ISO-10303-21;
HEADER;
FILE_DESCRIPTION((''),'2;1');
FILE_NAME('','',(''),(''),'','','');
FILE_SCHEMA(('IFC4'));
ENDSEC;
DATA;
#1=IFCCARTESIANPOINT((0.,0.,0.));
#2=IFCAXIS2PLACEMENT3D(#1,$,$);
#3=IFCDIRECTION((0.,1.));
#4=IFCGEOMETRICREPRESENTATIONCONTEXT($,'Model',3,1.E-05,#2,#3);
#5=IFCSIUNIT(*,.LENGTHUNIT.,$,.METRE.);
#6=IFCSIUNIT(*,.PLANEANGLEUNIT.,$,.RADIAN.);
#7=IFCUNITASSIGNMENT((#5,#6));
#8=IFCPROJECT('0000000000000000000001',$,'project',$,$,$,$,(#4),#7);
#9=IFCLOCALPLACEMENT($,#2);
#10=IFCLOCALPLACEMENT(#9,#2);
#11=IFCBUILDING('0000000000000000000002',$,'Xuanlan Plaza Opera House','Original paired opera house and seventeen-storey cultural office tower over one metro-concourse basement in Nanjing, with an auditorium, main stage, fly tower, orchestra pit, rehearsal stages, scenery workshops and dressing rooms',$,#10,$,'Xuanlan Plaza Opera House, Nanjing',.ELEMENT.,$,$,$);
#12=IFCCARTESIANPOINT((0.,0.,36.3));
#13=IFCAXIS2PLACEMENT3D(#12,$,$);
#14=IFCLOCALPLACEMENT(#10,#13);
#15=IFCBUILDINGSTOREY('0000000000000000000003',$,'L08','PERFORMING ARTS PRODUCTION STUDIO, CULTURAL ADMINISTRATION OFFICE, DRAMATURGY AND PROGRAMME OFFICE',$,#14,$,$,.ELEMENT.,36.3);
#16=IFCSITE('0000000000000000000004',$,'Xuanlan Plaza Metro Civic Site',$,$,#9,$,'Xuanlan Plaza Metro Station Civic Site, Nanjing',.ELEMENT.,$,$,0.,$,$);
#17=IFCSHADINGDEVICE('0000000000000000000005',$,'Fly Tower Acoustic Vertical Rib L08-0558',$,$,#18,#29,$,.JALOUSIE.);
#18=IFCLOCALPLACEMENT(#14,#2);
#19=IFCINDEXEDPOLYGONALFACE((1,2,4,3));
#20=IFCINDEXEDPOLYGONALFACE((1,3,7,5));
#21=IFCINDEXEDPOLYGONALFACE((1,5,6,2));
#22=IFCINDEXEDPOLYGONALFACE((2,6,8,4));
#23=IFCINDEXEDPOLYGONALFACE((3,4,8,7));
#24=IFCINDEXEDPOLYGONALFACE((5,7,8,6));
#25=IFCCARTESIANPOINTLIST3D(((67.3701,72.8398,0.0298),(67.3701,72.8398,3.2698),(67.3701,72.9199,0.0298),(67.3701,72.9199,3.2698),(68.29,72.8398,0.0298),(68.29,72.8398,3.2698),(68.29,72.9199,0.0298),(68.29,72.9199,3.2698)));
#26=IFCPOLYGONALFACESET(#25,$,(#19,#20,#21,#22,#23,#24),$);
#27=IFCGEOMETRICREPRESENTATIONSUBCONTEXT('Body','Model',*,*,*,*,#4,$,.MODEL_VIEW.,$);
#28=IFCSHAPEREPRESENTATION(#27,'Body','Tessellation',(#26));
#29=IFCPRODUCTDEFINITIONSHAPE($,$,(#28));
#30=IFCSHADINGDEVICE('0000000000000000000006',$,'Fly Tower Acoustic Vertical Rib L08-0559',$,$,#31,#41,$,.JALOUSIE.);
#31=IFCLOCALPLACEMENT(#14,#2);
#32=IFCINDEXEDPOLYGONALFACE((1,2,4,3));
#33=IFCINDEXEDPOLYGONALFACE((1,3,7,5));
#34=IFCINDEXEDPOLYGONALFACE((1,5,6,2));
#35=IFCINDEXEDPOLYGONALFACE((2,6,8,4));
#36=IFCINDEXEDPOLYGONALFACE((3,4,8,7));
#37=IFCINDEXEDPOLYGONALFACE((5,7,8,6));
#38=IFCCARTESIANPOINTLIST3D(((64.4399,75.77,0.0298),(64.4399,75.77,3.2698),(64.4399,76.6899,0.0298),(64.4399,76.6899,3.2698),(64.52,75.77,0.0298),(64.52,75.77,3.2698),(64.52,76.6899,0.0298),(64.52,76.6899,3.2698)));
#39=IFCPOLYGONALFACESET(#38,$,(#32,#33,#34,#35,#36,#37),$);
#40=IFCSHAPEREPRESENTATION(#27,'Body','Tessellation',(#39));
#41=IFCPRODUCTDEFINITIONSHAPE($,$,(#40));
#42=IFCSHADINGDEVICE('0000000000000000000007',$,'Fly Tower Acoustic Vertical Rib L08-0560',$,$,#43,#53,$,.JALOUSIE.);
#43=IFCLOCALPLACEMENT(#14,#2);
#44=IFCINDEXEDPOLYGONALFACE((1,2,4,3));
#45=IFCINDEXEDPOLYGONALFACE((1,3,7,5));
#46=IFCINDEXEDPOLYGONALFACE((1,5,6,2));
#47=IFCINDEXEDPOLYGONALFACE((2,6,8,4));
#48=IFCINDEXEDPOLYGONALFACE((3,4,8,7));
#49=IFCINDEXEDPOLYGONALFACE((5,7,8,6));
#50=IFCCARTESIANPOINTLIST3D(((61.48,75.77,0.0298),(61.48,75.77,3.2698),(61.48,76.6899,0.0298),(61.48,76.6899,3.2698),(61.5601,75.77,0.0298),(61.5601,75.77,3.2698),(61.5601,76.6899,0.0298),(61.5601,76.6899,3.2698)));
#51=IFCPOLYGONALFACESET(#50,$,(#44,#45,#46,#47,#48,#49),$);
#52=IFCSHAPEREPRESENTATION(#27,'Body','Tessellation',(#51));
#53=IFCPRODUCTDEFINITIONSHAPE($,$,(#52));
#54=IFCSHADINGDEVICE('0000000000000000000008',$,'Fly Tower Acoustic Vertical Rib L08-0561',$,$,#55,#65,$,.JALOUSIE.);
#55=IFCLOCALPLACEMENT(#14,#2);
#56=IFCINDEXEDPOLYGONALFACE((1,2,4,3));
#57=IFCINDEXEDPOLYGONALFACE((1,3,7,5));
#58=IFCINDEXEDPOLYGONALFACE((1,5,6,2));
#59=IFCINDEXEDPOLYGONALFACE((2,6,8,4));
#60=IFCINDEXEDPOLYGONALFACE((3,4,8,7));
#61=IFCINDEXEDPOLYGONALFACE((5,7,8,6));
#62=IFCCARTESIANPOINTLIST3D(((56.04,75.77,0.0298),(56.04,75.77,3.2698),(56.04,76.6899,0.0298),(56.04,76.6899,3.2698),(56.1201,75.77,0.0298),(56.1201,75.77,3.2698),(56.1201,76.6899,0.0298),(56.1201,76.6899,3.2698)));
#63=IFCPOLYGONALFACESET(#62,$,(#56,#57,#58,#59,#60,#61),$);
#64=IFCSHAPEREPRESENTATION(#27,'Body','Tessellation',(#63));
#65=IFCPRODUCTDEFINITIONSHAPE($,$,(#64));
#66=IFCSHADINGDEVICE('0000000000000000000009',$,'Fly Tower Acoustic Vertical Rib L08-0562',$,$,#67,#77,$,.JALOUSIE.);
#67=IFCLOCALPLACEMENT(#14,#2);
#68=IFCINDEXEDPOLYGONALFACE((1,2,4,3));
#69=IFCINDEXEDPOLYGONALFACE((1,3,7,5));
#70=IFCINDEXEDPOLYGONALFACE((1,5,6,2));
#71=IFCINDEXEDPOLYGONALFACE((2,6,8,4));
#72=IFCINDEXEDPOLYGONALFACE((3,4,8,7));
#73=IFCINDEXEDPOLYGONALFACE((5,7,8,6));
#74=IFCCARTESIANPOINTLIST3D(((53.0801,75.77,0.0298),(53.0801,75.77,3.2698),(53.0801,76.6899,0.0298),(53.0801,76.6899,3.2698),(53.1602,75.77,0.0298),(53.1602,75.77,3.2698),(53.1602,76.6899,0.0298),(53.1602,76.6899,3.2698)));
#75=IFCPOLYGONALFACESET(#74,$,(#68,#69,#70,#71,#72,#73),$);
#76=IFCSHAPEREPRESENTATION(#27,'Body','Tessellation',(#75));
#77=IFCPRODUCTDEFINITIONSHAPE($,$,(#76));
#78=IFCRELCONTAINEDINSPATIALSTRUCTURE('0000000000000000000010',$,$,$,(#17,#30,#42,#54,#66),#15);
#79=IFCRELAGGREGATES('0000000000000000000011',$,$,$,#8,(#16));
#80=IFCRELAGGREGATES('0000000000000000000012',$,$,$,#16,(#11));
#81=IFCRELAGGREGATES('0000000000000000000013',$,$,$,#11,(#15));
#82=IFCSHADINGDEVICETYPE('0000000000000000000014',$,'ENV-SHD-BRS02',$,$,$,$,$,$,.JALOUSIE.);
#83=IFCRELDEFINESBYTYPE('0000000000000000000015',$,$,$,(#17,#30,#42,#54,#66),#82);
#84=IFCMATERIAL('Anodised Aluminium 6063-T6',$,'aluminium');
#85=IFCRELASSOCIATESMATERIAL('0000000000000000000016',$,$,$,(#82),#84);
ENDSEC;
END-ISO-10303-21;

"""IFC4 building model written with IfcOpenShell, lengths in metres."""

from ifc_helpers import new_model, si_unit, direction, frame, origin, origin_2d, place, context, subcontext, project, spatial, rectangle, extrude, material, type_object, element, save


model = new_model("IFC4")

# Units and contexts
model_context = context("Model", 3, precision=1e-05, world=origin(), true_north=direction((0.0, 1.0)))
body_context = subcontext(model_context, "Body", "Model", "MODEL_VIEW")
ifc_project = project(units=[si_unit("LENGTHUNIT", "METRE"), si_unit("PLANEANGLEUNIT", "RADIAN")], contexts=[model_context])

# Site, building, storey
site_placement = place(None, origin())
site = spatial("IfcSite", under=ifc_project, at=site_placement, Name="Xuanlan Plaza Metro Civic Site", LongName="Xuanlan Plaza Metro Station Civic Site, Nanjing", CompositionType="ELEMENT", RefElevation=0.0)
building_placement = place(site_placement, origin())
building = spatial("IfcBuilding", under=site, at=building_placement, Name="Xuanlan Plaza Opera House", Description="Original paired opera house and seventeen-storey cultural office tower over one metro-concourse basement in Nanjing, with an auditorium, main stage, fly tower, orchestra pit, rehearsal stages, scenery workshops and dressing rooms", LongName="Xuanlan Plaza Opera House, Nanjing", CompositionType="ELEMENT")
storey_placement = place(building_placement, frame((0.0, 0.0, 36.3)))
storey = spatial("IfcBuildingStorey", under=building, at=storey_placement, Name="L08", Description="PERFORMING ARTS PRODUCTION STUDIO, CULTURAL ADMINISTRATION OFFICE, DRAMATURGY AND PROGRAMME OFFICE", CompositionType="ELEMENT", Elevation=36.3)

# Shading devices
ifc_material_1 = material(Name="Anodised Aluminium 6063-T6", Category="aluminium")
shading_device_type_1 = type_object("IfcShadingDeviceType", Name="ENV-SHD-BRS02", PredefinedType="JALOUSIE", material=ifc_material_1)
for number, where, z_axis, x_axis, name in (
    (1, (67.8301, 72.8799, 0.0298), (0.0, 0.0, 1.0), (1.0, 0.0, 0.0), "Fly Tower Acoustic Vertical Rib L08-0558"),
    (2, (64.48, 76.23, 0.0298), (0.0, 0.0, 1.0), (0.0, 1.0, 0.0), "Fly Tower Acoustic Vertical Rib L08-0559"),
    (3, (61.52, 76.23, 0.0298), (0.0, 0.0, 1.0), (0.0, 1.0, 0.0), "Fly Tower Acoustic Vertical Rib L08-0560"),
    (4, (56.0801, 76.23, 0.0298), (0.0, 0.0, 1.0), (0.0, 1.0, 0.0), "Fly Tower Acoustic Vertical Rib L08-0561"),
    (5, (53.1201, 76.23, 0.0298), (0.0, 0.0, 1.0), (0.0, 1.0, 0.0), "Fly Tower Acoustic Vertical Rib L08-0562"),
):
    element("IfcShadingDevice", number, at=place(storey_placement, frame(where, z_axis=z_axis, x_axis=x_axis)), inside=storey, type_object=shading_device_type_1, Name=name, PredefinedType="JALOUSIE", context=body_context, shape_type="SweptSolid", body=[
        extrude(rectangle(XDim=0.9199, YDim=0.0801, at=origin_2d()), origin(), (0.0, 0.0, 1.0), 3.24),
    ])

save(model, "model.ifc")
